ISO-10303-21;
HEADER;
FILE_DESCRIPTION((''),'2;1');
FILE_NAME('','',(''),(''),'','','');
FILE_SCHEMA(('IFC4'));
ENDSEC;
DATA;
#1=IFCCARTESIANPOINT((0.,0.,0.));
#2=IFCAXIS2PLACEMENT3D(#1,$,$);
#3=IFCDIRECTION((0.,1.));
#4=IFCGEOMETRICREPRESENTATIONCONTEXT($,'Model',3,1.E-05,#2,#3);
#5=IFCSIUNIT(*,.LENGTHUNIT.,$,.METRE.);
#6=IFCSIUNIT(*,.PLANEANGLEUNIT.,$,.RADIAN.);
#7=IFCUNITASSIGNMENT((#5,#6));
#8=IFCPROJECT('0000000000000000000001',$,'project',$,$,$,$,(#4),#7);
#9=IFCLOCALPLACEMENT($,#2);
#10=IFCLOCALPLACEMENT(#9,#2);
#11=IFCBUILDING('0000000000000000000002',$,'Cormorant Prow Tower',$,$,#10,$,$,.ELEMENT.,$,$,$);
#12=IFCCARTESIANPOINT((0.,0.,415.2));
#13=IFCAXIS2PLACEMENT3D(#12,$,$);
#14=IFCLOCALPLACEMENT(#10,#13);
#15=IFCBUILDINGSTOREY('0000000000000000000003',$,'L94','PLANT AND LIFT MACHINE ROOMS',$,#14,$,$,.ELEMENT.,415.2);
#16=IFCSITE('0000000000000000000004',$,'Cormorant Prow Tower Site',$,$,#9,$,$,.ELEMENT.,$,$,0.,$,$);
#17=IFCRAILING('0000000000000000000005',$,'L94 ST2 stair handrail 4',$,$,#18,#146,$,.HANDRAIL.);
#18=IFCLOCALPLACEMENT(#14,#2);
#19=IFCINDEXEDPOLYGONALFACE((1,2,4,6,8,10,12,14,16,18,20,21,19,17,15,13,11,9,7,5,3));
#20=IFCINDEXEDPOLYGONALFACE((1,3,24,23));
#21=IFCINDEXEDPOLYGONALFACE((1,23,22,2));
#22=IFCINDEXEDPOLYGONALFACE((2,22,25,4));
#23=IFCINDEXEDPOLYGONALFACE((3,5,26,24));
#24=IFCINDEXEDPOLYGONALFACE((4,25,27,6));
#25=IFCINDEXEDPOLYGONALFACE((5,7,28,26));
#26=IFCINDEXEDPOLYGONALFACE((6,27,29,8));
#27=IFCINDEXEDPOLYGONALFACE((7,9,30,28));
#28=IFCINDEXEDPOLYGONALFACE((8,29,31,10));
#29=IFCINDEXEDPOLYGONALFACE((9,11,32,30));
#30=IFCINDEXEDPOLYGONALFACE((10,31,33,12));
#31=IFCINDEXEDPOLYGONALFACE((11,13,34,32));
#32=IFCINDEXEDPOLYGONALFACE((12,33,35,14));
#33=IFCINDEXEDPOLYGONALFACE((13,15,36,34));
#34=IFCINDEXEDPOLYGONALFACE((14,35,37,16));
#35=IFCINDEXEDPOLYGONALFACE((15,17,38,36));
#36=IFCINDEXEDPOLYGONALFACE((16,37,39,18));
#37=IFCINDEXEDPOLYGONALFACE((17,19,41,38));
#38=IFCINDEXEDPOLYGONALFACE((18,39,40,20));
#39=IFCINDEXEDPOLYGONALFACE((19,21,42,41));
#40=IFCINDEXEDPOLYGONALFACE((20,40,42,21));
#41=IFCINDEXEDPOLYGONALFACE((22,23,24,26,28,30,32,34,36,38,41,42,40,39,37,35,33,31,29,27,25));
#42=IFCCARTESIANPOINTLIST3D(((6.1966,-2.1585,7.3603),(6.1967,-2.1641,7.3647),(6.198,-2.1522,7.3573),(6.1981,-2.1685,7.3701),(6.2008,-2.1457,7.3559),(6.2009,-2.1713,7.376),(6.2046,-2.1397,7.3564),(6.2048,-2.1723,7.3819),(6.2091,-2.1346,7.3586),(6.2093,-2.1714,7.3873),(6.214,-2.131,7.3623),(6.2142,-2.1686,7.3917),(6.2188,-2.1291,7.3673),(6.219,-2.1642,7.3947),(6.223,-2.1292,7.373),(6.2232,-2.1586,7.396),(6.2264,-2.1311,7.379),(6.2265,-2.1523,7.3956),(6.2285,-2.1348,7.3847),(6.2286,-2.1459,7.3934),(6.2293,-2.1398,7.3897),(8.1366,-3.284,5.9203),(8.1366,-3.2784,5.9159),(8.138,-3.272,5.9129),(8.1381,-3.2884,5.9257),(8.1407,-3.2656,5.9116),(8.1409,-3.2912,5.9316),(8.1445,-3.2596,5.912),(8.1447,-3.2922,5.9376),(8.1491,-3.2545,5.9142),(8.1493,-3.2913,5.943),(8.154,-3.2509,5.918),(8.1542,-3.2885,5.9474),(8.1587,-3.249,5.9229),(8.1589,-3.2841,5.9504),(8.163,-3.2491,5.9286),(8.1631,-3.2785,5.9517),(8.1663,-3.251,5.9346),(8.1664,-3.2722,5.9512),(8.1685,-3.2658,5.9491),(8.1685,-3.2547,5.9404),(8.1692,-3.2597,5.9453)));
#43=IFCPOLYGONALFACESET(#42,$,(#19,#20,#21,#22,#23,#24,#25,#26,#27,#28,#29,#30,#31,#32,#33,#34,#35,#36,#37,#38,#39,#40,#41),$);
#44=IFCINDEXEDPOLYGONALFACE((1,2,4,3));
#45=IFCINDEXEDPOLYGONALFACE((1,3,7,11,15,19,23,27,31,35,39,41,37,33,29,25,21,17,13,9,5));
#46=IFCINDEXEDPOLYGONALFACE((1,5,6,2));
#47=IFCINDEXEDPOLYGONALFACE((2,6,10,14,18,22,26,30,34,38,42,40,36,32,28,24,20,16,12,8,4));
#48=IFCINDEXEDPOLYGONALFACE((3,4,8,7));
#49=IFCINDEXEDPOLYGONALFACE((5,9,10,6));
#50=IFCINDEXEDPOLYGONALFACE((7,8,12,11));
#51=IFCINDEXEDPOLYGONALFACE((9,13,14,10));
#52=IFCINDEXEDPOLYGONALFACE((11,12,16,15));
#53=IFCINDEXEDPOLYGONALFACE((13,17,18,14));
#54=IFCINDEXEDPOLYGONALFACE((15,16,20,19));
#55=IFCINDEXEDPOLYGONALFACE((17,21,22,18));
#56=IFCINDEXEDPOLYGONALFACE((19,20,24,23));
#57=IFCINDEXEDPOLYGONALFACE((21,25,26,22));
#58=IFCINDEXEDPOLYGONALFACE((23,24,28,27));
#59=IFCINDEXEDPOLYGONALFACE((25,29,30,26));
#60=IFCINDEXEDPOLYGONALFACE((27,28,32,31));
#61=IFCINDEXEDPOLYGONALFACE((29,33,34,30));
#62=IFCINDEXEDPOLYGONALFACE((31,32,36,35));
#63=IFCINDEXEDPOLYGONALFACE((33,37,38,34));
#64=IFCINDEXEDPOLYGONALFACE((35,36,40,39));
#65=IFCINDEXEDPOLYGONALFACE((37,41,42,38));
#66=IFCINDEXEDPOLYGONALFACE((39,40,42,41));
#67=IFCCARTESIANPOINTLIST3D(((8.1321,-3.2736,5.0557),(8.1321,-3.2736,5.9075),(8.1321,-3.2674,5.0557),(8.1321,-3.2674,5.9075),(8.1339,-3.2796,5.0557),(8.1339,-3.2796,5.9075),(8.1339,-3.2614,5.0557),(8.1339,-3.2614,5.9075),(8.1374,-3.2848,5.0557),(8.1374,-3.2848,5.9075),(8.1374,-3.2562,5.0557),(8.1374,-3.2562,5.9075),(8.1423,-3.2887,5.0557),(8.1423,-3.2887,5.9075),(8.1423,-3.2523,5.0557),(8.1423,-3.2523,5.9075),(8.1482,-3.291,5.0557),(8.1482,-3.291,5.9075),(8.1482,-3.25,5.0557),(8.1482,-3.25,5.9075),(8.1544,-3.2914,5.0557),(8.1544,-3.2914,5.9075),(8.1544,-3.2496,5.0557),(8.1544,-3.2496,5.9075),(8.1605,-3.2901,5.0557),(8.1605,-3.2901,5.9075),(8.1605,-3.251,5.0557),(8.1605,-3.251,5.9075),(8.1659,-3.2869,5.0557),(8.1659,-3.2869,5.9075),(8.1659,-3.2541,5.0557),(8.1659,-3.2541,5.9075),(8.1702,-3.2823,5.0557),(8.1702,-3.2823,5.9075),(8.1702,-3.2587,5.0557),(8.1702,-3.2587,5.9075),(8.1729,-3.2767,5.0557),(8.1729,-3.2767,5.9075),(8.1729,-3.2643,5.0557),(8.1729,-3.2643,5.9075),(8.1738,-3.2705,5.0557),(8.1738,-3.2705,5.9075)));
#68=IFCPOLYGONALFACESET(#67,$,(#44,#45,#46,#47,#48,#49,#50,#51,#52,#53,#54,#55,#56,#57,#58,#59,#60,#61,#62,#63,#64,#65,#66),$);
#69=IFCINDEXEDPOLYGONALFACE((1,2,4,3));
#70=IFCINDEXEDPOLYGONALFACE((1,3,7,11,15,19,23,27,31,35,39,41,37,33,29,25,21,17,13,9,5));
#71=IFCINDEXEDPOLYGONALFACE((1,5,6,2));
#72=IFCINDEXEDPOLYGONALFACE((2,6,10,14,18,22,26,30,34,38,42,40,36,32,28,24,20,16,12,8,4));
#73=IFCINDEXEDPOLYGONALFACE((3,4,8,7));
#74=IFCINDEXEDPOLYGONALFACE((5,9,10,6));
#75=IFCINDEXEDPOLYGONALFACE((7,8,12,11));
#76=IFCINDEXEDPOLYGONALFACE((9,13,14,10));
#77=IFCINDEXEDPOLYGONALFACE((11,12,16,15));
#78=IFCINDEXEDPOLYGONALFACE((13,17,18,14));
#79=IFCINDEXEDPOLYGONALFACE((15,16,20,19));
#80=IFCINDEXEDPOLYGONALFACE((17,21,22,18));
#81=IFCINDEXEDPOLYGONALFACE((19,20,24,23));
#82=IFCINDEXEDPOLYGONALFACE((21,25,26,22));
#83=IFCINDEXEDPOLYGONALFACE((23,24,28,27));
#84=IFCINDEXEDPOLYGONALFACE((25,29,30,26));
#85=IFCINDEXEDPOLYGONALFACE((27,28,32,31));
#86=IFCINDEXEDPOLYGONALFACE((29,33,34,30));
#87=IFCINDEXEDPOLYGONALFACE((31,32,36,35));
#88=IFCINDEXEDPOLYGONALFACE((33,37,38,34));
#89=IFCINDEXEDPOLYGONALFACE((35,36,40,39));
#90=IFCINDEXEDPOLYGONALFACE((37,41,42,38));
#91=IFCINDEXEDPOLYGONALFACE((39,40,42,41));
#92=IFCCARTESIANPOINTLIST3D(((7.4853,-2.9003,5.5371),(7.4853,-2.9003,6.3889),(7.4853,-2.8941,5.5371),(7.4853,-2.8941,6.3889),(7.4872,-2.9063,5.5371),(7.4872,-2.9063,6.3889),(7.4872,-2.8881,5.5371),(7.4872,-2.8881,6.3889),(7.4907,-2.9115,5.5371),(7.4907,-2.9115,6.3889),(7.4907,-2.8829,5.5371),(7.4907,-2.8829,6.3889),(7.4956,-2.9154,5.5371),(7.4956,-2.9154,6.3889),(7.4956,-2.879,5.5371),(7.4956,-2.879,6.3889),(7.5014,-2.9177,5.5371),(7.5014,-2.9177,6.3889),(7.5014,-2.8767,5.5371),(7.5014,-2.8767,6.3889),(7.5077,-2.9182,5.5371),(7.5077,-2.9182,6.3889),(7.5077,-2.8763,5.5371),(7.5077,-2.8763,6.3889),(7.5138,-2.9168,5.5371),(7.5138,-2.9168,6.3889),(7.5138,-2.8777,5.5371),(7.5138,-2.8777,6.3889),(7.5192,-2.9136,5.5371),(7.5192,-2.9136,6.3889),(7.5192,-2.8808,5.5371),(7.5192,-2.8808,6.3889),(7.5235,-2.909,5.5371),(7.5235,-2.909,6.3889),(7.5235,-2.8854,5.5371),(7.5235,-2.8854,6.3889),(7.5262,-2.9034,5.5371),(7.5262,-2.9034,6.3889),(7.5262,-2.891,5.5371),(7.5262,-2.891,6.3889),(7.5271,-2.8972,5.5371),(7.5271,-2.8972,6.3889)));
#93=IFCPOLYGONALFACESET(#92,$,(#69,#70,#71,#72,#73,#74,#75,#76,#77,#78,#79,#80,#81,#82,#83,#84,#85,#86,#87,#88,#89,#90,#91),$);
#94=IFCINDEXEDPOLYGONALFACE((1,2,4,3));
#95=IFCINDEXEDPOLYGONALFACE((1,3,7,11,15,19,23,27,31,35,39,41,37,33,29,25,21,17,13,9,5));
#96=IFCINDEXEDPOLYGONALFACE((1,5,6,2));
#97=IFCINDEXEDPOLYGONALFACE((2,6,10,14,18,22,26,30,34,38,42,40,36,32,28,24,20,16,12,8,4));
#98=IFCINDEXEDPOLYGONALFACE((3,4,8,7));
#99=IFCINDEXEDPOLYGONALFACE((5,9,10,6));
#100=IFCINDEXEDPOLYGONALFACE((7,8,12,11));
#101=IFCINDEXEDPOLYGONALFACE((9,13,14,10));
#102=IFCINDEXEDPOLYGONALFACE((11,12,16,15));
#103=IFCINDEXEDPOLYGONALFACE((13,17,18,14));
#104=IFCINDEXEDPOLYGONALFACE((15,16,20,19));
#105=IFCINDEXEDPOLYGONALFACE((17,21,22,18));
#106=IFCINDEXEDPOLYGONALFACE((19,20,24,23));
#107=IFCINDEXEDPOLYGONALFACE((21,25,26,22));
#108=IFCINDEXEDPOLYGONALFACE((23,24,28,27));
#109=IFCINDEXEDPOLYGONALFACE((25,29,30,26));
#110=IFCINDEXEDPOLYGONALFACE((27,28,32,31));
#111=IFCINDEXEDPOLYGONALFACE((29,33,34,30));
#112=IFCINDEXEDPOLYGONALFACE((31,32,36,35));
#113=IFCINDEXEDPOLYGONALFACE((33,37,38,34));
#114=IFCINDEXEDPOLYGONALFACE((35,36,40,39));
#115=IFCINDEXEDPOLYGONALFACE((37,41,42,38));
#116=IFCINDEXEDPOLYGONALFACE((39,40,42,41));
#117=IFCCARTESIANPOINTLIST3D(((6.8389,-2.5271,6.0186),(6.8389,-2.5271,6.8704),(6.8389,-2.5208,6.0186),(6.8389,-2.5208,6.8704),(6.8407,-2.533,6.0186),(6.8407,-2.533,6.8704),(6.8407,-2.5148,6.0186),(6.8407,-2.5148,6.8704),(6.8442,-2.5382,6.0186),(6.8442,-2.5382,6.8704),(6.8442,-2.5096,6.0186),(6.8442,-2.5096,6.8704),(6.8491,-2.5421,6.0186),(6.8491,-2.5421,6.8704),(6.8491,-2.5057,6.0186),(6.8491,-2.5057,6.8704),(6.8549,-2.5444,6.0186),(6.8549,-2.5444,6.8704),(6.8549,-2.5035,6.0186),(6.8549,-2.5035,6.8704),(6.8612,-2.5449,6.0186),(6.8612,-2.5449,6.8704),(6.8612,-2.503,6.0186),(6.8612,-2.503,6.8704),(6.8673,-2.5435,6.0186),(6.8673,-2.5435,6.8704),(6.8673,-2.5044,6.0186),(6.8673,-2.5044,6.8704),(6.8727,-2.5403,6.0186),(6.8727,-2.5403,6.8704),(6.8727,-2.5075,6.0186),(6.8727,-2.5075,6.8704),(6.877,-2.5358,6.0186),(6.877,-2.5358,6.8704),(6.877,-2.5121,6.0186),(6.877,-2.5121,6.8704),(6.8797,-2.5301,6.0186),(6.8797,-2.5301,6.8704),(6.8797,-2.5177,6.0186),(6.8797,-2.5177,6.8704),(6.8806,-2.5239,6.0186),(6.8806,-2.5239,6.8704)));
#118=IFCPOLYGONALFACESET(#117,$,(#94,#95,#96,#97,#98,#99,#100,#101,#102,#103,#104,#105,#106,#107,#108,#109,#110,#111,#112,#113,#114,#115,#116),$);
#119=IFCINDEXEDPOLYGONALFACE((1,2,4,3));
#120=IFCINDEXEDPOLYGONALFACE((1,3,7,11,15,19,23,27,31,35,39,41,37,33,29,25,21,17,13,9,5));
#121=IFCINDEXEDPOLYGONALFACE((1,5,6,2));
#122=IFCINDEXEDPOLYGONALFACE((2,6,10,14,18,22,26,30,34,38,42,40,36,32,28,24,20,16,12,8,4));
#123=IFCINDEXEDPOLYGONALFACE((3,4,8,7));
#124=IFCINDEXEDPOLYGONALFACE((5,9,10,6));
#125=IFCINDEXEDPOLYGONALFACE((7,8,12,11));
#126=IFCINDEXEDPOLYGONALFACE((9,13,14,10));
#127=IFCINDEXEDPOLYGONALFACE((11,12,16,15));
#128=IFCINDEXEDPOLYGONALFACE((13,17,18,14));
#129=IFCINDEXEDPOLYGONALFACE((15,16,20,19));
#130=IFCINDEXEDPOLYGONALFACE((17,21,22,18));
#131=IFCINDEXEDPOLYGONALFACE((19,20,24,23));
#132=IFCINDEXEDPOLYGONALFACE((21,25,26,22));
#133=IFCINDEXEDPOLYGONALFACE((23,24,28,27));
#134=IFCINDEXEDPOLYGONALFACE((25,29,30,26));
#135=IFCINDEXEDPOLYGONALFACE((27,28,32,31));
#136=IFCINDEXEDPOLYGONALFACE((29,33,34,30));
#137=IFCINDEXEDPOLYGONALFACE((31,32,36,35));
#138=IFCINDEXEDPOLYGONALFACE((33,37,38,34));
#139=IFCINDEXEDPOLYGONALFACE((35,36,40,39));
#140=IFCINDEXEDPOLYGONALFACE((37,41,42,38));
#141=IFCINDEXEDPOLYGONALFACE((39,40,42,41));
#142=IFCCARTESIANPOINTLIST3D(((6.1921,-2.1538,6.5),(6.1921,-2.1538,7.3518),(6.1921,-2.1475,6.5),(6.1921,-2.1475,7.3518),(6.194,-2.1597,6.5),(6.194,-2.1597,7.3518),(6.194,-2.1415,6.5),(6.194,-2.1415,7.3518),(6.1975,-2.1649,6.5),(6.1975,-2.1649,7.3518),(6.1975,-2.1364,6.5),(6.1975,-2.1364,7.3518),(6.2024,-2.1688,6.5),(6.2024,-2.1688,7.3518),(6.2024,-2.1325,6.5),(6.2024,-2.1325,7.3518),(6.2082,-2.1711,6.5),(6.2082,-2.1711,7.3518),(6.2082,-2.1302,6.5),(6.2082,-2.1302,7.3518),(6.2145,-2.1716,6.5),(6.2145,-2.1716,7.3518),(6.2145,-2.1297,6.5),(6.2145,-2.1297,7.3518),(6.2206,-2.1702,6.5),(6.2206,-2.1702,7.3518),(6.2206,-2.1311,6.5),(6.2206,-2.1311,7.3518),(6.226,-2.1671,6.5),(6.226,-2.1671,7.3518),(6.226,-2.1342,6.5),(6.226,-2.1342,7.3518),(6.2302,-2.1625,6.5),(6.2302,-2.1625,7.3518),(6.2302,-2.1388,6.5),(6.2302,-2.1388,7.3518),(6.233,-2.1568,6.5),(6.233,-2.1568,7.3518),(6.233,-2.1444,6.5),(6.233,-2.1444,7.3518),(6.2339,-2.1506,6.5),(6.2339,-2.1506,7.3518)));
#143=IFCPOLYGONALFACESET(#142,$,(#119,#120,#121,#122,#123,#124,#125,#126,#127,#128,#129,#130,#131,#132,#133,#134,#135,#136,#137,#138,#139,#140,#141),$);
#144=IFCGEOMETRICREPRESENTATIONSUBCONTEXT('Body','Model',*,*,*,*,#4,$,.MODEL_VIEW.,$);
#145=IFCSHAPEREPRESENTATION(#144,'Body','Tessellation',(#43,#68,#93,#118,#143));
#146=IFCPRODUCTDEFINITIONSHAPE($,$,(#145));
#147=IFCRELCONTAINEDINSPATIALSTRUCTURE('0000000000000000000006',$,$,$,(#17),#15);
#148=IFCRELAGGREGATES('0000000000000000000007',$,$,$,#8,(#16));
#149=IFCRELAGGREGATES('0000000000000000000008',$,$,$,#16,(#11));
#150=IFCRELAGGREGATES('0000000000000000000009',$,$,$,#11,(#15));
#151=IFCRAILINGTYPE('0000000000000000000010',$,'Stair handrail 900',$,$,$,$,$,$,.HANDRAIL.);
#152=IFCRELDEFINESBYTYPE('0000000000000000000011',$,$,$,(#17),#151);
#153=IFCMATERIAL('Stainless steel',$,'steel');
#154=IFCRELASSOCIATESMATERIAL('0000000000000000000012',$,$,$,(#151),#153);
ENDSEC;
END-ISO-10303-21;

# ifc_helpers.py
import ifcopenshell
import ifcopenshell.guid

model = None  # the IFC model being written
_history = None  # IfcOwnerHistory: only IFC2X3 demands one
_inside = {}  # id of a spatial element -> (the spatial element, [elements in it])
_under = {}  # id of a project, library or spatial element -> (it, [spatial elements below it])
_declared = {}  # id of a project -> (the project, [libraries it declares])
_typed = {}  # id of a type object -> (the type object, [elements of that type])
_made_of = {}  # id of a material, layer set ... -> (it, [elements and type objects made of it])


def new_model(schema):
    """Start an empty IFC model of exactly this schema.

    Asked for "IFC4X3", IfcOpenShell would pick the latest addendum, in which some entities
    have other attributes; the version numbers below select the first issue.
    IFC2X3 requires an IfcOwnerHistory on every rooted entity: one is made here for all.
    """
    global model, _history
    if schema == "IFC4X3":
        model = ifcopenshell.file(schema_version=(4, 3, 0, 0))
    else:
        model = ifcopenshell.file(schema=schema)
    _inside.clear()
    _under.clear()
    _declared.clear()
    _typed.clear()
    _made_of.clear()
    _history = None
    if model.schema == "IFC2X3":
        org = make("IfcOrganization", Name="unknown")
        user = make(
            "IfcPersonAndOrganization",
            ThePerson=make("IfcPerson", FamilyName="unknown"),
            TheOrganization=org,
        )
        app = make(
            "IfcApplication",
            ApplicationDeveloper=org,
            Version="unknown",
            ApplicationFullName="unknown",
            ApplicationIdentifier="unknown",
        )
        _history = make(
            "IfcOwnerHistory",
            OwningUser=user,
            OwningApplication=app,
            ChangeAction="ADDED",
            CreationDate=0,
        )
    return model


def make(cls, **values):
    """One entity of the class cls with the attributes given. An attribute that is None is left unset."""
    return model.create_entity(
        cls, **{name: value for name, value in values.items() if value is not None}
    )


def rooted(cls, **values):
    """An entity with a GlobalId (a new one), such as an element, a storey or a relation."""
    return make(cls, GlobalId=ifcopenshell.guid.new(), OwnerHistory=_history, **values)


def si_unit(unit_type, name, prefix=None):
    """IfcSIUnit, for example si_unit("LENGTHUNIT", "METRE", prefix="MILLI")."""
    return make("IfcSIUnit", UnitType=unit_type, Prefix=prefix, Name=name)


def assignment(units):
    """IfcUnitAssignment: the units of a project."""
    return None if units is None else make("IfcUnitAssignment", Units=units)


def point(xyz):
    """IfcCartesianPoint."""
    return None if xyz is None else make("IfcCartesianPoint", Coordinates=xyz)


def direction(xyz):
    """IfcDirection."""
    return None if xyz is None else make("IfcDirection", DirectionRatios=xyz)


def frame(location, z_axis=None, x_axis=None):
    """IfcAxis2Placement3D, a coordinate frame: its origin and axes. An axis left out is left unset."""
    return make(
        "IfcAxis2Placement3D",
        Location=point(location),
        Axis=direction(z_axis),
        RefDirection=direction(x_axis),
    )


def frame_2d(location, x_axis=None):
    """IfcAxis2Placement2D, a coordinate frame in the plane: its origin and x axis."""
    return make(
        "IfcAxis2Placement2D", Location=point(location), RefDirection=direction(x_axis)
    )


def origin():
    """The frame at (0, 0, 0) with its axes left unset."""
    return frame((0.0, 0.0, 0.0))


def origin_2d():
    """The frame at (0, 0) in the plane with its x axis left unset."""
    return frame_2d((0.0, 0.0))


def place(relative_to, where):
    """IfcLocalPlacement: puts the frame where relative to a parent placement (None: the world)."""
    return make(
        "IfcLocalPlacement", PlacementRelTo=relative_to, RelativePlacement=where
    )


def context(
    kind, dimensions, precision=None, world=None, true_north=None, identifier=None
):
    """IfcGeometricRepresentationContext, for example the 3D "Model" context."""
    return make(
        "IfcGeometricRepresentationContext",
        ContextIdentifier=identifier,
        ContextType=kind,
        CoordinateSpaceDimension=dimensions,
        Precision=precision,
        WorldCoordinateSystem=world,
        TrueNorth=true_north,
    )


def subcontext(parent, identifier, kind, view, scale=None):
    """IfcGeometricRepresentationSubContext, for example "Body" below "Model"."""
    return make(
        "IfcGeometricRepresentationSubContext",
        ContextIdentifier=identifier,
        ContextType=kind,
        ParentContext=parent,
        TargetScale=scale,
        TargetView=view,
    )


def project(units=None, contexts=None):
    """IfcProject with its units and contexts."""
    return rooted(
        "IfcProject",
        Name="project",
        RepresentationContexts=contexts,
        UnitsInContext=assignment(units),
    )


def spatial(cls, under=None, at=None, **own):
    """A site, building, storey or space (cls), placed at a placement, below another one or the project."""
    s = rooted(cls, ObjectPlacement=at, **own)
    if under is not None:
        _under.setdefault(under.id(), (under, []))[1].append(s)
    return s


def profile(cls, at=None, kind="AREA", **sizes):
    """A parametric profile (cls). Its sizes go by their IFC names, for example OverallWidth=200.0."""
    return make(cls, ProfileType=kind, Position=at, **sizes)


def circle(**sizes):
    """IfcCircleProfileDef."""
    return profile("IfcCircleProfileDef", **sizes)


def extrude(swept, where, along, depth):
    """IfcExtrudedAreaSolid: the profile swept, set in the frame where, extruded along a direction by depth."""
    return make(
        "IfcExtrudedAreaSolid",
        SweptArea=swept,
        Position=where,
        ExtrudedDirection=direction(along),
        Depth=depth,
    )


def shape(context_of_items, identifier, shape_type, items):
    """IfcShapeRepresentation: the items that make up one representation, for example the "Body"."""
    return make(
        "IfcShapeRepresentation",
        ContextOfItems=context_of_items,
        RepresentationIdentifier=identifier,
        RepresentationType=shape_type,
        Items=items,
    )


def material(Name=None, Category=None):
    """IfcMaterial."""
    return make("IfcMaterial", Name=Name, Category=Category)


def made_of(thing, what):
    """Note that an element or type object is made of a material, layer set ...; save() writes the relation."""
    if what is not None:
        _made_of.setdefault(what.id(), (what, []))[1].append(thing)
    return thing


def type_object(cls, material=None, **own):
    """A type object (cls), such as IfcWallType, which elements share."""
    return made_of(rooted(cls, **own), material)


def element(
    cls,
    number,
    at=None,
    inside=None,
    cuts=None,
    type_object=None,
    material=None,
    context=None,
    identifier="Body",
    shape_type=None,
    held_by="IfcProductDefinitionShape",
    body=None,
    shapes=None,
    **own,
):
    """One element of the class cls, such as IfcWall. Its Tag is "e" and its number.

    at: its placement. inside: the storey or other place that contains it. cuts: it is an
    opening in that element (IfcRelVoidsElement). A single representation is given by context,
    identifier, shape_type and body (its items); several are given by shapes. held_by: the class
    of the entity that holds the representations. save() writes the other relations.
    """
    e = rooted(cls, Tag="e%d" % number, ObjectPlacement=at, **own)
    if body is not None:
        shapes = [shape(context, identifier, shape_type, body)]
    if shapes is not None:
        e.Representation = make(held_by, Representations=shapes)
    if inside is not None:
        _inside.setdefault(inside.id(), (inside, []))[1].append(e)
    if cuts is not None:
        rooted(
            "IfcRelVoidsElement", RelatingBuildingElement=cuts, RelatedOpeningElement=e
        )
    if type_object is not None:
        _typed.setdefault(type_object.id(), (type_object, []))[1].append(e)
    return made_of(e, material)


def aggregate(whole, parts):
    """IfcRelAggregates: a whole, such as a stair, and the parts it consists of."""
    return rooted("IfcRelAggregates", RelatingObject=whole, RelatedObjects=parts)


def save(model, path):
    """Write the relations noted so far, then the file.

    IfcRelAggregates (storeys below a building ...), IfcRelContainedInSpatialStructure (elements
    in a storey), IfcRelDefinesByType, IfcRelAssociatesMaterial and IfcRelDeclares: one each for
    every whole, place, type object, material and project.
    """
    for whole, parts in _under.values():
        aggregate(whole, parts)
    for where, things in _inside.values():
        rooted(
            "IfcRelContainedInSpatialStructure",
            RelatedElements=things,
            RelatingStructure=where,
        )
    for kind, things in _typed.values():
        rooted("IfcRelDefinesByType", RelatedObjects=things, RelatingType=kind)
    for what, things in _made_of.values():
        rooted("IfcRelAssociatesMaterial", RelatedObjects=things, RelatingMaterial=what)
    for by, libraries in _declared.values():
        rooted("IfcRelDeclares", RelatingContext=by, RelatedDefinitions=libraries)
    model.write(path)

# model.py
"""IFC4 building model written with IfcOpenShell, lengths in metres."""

from ifc_helpers import new_model, si_unit, direction, frame, origin, origin_2d, place, context, subcontext, project, spatial, circle, extrude, material, type_object, element, save


model = new_model("IFC4")

# Units and contexts
model_context = context("Model", 3, precision=1e-05, world=origin(), true_north=direction((0.0, 1.0)))
body_context = subcontext(model_context, "Body", "Model", "MODEL_VIEW")
ifc_project = project(units=[si_unit("LENGTHUNIT", "METRE"), si_unit("PLANEANGLEUNIT", "RADIAN")], contexts=[model_context])

# Site, building, storey
site_placement = place(None, origin())
site = spatial("IfcSite", under=ifc_project, at=site_placement, Name="Cormorant Prow Tower Site", CompositionType="ELEMENT", RefElevation=0.0)
building_placement = place(site_placement, origin())
building = spatial("IfcBuilding", under=site, at=building_placement, Name="Cormorant Prow Tower", CompositionType="ELEMENT")
storey_placement = place(building_placement, frame((0.0, 0.0, 415.2)))
storey = spatial("IfcBuildingStorey", under=building, at=storey_placement, Name="L94", Description="PLANT AND LIFT MACHINE ROOMS", CompositionType="ELEMENT", Elevation=415.2)

# Railing
ifc_material_1 = material(Name="Stainless steel", Category="steel")
railing_type_1 = type_object("IfcRailingType", Name="Stair handrail 900", PredefinedType="HANDRAIL", material=ifc_material_1)
railing_1_placement = place(storey_placement, frame((8.1528, -3.2705, 5.0557)))
element("IfcRailing", 1, at=railing_1_placement, inside=storey, type_object=railing_type_1, Name="L94 ST2 stair handrail 4", PredefinedType="HANDRAIL", context=body_context, shape_type="SweptSolid", body=[
    extrude(circle(Radius=0.0239, at=origin_2d()), frame((0.0, 0.0, 0.876), z_axis=(-0.727863, 0.420175, 0.541912), x_axis=(-0.499949, -0.866055, 0.0)), (0.0, 0.0, 1.0), 2.6653),
    extrude(circle(Radius=0.021, at=origin_2d()), origin(), (0.0, 0.0, 1.0), 0.8518),
    extrude(circle(Radius=0.021, at=origin_2d()), frame((-0.6467, 0.3733, 0.4814)), (0.0, 0.0, 1.0), 0.8518),
    extrude(circle(Radius=0.021, at=origin_2d()), frame((-1.2932, 0.7466, 0.9629)), (0.0, 0.0, 1.0), 0.8518),
    extrude(circle(Radius=0.021, at=origin_2d()), frame((-1.9399, 1.1199, 1.4443)), (0.0, 0.0, 1.0), 0.8518),
])

save(model, "model.ifc")
